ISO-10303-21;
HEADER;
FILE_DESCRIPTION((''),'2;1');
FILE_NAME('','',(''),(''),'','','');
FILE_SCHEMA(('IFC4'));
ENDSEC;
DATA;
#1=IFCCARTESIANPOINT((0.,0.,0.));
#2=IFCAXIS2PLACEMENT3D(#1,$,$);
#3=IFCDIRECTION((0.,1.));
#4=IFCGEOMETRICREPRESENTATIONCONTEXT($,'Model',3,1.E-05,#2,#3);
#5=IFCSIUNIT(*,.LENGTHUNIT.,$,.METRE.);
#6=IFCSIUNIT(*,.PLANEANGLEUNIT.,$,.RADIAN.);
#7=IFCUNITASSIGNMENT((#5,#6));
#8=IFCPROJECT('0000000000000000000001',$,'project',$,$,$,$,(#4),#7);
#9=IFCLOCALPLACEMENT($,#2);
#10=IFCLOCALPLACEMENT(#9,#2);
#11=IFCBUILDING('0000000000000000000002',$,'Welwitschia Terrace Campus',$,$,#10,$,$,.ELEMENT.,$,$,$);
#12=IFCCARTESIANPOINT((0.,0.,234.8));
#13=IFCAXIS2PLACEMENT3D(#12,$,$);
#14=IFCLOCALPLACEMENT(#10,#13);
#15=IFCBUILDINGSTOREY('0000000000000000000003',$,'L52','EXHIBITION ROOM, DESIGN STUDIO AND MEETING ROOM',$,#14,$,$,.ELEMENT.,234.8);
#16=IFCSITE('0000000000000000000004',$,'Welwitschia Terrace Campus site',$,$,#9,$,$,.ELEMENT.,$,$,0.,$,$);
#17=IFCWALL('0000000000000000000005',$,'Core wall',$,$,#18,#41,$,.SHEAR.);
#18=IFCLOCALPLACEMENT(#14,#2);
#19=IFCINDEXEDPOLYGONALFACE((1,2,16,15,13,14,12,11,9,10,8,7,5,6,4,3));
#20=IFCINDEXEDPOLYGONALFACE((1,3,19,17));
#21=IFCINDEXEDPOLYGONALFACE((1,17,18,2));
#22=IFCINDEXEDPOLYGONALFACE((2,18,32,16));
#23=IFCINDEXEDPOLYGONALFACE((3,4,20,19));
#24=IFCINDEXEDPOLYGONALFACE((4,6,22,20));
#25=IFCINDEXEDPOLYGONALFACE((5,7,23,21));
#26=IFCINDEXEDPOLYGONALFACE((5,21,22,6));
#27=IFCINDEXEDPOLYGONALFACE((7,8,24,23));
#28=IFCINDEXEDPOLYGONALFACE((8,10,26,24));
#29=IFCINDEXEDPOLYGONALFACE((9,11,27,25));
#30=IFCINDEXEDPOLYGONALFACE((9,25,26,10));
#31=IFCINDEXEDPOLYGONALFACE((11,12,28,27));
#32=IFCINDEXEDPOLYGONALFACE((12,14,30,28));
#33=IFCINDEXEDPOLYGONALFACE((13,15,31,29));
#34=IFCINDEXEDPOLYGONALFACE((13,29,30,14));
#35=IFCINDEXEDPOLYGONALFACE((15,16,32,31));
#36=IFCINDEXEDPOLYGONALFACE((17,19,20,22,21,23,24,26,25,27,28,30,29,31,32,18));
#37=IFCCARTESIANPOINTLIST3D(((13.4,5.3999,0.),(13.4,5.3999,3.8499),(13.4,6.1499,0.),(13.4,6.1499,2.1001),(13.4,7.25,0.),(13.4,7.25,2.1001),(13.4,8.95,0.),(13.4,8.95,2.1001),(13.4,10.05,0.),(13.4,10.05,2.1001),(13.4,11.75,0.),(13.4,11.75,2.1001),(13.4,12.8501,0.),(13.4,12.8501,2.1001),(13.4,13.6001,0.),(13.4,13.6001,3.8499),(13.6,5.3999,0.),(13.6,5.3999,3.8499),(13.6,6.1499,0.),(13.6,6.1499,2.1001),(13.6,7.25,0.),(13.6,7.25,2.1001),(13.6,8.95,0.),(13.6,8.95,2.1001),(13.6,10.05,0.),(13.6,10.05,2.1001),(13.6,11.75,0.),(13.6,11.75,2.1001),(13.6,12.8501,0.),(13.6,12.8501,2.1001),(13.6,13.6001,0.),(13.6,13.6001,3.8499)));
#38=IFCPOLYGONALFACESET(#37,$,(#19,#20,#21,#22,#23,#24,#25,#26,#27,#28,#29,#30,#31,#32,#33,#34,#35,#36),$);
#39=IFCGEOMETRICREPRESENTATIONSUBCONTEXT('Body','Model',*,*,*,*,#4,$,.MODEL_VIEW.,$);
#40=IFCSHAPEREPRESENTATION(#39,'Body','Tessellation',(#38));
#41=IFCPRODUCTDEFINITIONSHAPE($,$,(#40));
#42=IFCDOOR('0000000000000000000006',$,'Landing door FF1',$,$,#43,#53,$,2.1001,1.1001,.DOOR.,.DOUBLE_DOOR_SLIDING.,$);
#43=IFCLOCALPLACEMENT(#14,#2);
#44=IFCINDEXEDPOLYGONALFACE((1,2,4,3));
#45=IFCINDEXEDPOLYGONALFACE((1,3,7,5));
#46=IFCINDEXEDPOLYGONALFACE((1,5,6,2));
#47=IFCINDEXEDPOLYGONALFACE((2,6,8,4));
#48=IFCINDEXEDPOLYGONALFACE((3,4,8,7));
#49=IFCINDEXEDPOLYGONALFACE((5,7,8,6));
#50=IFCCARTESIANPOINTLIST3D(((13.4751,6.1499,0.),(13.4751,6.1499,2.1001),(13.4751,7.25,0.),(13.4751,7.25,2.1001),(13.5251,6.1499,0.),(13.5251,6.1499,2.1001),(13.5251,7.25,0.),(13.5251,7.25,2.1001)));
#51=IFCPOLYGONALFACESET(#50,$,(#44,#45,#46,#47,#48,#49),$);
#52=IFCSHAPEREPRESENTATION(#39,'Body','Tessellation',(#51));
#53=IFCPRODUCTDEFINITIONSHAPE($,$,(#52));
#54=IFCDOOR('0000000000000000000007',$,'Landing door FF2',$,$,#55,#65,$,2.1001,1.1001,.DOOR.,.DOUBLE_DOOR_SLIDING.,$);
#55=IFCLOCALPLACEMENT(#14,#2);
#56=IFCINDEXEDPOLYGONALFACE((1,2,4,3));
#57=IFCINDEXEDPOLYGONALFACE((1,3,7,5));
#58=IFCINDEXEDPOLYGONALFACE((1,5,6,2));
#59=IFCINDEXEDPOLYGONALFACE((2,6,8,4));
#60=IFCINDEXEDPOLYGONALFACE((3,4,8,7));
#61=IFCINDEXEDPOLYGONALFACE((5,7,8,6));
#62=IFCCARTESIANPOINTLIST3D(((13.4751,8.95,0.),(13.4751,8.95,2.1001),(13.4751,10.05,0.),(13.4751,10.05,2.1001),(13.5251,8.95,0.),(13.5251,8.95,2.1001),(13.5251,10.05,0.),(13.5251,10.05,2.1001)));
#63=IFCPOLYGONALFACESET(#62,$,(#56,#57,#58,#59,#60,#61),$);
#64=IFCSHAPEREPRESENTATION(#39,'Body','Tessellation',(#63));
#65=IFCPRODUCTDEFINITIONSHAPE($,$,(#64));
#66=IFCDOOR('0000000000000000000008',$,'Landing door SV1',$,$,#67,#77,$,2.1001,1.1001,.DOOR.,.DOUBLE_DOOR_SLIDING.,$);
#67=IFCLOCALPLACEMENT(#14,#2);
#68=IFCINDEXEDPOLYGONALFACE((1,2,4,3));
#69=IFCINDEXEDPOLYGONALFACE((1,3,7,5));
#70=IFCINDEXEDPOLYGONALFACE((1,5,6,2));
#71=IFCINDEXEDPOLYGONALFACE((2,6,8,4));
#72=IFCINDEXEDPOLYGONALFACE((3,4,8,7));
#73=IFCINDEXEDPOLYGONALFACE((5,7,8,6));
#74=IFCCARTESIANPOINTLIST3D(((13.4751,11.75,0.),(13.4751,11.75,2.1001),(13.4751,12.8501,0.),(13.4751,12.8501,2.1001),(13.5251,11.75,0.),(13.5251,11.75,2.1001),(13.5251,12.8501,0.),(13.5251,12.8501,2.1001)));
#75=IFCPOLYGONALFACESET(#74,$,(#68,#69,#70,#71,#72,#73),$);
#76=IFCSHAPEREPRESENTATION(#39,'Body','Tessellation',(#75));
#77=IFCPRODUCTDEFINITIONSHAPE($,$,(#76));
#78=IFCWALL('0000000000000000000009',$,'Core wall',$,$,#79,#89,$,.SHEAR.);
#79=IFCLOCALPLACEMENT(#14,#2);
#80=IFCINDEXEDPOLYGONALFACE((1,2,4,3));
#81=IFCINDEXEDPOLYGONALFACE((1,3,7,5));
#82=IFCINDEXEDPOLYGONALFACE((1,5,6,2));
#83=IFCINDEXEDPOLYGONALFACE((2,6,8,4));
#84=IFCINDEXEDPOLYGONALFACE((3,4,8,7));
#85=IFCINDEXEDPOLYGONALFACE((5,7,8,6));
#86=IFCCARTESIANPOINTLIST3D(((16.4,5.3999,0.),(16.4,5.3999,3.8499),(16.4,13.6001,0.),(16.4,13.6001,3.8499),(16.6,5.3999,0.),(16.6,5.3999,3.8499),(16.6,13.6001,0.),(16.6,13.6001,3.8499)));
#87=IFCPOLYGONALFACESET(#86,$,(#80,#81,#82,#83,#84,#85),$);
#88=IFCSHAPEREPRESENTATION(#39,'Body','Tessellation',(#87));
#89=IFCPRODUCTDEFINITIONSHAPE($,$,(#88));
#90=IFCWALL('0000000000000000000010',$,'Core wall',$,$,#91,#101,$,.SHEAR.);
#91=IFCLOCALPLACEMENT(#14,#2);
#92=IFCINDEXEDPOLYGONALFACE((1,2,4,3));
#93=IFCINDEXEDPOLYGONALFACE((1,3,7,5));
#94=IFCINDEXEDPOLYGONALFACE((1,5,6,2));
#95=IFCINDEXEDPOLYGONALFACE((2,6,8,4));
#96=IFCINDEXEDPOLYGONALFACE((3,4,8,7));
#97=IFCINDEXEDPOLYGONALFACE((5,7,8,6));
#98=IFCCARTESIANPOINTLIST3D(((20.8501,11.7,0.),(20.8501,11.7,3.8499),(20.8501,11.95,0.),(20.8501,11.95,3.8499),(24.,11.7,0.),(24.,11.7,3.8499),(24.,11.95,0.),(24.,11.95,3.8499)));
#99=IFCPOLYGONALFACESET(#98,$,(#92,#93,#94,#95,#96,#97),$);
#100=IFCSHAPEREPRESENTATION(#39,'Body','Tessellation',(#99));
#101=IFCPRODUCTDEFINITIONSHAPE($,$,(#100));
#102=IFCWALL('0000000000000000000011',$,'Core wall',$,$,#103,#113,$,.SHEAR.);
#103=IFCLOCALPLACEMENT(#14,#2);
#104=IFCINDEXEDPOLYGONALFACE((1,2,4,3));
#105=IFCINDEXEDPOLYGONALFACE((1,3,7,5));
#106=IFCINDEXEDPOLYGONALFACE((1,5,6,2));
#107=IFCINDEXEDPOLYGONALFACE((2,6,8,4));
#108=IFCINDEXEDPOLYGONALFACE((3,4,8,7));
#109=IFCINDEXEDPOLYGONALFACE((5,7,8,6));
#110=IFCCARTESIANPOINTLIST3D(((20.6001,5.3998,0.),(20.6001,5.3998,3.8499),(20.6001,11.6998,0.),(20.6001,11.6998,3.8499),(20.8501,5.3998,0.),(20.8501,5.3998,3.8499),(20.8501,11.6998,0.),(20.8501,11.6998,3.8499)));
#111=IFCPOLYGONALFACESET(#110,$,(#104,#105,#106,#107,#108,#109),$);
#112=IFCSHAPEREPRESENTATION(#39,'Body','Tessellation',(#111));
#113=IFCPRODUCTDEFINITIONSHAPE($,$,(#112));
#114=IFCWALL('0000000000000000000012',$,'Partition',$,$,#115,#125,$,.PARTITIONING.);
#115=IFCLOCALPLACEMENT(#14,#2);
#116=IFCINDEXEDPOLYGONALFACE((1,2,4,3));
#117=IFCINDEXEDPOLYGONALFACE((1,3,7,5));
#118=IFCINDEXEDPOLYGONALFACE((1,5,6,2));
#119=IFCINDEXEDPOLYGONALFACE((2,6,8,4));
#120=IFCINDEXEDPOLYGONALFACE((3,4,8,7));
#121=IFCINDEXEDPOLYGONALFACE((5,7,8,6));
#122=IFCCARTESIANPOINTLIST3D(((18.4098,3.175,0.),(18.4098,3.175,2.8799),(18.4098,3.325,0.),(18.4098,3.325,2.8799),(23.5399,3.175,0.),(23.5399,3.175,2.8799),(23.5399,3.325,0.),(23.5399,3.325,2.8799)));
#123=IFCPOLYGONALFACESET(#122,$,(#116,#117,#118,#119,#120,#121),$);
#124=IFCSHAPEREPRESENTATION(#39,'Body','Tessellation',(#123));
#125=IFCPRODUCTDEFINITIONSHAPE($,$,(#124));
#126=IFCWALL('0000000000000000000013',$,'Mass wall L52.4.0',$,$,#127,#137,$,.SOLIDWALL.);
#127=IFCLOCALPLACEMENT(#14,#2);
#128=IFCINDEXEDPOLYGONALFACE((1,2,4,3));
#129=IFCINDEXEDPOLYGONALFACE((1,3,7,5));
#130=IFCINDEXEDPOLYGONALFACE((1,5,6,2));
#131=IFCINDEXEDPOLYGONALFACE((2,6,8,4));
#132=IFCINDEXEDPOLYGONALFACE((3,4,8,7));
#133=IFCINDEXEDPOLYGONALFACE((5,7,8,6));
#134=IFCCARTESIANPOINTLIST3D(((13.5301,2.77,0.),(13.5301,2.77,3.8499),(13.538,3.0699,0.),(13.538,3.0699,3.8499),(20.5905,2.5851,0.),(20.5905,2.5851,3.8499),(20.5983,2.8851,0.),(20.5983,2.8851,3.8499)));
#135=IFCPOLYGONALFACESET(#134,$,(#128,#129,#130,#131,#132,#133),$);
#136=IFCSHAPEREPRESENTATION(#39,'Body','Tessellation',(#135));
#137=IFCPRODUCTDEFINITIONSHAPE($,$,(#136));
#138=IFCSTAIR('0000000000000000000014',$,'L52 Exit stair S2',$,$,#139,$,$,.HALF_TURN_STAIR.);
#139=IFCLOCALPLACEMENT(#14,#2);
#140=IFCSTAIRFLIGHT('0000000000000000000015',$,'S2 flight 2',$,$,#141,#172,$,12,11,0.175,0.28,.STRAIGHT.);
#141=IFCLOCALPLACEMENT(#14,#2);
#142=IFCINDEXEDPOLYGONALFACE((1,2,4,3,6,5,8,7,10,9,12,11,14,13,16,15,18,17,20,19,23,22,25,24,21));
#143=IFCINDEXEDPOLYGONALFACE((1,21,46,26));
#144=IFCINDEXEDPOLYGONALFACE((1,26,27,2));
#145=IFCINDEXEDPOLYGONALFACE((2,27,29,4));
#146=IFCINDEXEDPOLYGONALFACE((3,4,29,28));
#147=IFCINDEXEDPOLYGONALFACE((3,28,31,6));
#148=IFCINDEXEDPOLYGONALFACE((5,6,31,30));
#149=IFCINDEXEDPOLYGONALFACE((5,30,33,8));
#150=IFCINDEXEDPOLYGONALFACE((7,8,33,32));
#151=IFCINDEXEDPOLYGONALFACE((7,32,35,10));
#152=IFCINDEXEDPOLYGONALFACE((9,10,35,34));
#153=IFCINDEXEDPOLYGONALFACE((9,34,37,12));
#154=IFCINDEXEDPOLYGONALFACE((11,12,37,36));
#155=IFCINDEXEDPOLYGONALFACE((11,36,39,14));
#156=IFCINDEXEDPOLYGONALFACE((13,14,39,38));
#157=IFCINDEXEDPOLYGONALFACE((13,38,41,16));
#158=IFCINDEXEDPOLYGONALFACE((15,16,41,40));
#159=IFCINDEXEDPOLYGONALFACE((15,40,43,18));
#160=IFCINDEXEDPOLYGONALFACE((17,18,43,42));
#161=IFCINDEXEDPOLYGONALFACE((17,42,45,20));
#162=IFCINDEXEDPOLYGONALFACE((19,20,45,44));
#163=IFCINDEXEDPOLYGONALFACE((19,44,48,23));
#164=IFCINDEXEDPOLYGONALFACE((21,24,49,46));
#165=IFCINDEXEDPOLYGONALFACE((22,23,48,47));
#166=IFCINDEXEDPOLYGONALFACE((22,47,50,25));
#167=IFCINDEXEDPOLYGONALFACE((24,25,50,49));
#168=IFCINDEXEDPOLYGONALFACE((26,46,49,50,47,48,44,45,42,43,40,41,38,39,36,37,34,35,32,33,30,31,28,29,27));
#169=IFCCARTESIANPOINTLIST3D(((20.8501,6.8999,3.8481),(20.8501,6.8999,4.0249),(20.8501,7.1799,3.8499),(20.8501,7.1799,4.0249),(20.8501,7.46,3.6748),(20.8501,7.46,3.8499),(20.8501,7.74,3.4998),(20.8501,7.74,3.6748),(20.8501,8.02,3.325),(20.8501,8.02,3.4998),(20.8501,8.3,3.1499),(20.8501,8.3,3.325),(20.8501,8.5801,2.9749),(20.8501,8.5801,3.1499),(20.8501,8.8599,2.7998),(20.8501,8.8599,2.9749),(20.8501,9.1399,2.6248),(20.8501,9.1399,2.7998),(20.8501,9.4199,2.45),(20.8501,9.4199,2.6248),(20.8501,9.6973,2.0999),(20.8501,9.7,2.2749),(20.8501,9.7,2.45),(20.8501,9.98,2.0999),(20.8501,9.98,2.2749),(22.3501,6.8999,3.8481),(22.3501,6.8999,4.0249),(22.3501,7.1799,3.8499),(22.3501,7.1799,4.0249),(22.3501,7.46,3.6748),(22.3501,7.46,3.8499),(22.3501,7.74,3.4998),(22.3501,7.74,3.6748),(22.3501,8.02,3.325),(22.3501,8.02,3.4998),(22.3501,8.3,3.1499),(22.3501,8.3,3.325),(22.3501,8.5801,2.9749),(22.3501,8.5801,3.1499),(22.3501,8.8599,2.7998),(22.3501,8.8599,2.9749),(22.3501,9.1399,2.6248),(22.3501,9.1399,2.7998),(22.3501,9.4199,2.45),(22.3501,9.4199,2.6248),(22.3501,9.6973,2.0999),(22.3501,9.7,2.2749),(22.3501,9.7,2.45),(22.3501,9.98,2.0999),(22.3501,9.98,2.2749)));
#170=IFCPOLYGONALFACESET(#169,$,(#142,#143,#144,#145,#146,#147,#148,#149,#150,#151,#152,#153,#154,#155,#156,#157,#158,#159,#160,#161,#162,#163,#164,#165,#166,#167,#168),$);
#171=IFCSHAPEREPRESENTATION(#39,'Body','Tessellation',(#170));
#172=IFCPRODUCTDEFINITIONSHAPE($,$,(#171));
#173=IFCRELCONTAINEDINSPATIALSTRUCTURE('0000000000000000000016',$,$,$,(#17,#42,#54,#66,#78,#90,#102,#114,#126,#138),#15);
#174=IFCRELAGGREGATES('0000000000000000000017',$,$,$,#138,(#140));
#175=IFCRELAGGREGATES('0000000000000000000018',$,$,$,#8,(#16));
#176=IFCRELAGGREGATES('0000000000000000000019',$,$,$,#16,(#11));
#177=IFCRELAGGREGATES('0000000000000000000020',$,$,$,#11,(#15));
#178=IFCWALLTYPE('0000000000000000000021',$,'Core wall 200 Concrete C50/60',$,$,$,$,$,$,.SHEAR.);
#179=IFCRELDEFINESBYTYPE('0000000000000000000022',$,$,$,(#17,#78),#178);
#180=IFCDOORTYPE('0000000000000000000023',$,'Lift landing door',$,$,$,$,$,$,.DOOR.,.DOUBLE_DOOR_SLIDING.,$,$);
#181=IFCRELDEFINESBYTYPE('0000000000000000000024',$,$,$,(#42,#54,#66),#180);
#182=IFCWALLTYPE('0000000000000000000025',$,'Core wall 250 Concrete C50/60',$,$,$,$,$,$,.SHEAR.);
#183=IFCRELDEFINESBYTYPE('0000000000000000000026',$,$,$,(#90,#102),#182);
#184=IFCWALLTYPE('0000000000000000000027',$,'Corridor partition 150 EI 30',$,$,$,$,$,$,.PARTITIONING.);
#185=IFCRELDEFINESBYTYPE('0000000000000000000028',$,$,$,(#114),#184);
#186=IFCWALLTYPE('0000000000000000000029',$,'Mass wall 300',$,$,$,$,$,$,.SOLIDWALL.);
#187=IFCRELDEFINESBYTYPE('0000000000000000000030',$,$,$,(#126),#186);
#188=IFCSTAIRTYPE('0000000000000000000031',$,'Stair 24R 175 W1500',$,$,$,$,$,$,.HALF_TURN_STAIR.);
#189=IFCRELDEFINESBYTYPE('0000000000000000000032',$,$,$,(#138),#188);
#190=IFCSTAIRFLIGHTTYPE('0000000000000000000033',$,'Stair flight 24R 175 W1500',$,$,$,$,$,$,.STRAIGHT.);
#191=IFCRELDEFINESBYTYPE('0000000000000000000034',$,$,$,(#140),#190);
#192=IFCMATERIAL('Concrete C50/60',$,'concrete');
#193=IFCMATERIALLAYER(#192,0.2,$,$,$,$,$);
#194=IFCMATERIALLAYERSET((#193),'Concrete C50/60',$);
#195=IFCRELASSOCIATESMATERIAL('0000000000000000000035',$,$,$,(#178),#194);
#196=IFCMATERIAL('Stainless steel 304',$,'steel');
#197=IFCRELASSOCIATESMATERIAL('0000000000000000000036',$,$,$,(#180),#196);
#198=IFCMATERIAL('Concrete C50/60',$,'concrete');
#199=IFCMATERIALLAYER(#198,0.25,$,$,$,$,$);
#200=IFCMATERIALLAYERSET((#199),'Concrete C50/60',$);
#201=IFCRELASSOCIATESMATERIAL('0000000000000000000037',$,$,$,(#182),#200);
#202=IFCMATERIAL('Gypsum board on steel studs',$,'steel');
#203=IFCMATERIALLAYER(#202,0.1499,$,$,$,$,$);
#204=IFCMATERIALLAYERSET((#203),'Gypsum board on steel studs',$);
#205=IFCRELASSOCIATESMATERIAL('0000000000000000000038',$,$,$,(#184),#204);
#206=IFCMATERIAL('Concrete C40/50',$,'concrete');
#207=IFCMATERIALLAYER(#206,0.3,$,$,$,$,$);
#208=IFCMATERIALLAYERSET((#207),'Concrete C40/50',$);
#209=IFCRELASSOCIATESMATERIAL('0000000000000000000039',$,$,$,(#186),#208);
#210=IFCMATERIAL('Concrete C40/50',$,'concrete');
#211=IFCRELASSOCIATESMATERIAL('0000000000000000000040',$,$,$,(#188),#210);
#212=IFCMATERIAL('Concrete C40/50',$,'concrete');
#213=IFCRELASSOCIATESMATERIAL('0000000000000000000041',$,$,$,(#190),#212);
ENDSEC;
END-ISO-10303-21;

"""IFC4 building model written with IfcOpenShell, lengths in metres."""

from ifc_helpers import new_model, si_unit, direction, frame, frame_2d, origin, place, context, subcontext, project, spatial, polyline, rectangle, outline, extrude, material, layer, layer_set, type_object, element, fill, aggregate, save


model = new_model("IFC4")

# Units and contexts
model_context = context("Model", 3, precision=1e-05, world=origin(), true_north=direction((0.0, 1.0)))
body_context = subcontext(model_context, "Body", "Model", "MODEL_VIEW")
ifc_project = project(units=[si_unit("LENGTHUNIT", "METRE"), si_unit("PLANEANGLEUNIT", "RADIAN")], contexts=[model_context])

# Site, building, storey
site_placement = place(None, origin())
site = spatial("IfcSite", under=ifc_project, at=site_placement, Name="Welwitschia Terrace Campus site", CompositionType="ELEMENT", RefElevation=0.0)
building_placement = place(site_placement, origin())
building = spatial("IfcBuilding", under=site, at=building_placement, Name="Welwitschia Terrace Campus", CompositionType="ELEMENT")
storey_placement = place(building_placement, frame((0.0, 0.0, 234.8)))
storey = spatial("IfcBuildingStorey", under=building, at=storey_placement, Name="L52", Description="EXHIBITION ROOM, DESIGN STUDIO AND MEETING ROOM", CompositionType="ELEMENT", Elevation=234.8)

# Shared definitions
ifc_material_1 = material(Name="Concrete C50/60", Category="concrete")
ifc_layer_1 = layer(ifc_material_1, 0.2)
ifc_layer_set_1 = layer_set([ifc_layer_1], Name="Concrete C50/60")
wall_type_1 = type_object("IfcWallType", Name="Core wall 200 Concrete C50/60", PredefinedType="SHEAR", material=ifc_layer_set_1)

# Wall, openings, doors
wall_1_placement = place(storey_placement, frame((13.5, 5.3999, 0.0), z_axis=(0.0, 0.0, 1.0), x_axis=(0.0, 1.0, 0.0)))
wall_1 = element("IfcWall", 1, at=wall_1_placement, inside=storey, type_object=wall_type_1, Name="Core wall", PredefinedType="SHEAR", context=body_context, shape_type="SweptSolid", body=[
    extrude(rectangle(XDim=8.2002, YDim=0.2, at=frame_2d((4.1001, 0.0))), origin(), (0.0, 0.0, 1.0), 3.8499),
])
opening_1_placement = place(wall_1_placement, frame((0.75, 0.0, 0.0)))
opening_1 = element("IfcOpeningElement", 2, at=opening_1_placement, cuts=wall_1, PredefinedType="OPENING", context=body_context, shape_type="SweptSolid", body=[
    extrude(rectangle(XDim=1.1001, YDim=2.1001, at=frame_2d((0.55, 1.05))), frame((0.0, 0.1099, 0.0), z_axis=(0.0, -1.0, 0.0), x_axis=(1.0, 0.0, 0.0)), (0.0, 0.0, 1.0), 0.22),
])
opening_2_placement = place(wall_1_placement, frame((3.55, 0.0, 0.0)))
opening_2 = element("IfcOpeningElement", 3, at=opening_2_placement, cuts=wall_1, PredefinedType="OPENING", context=body_context, shape_type="SweptSolid", body=[
    extrude(rectangle(XDim=1.1001, YDim=2.1001, at=frame_2d((0.55, 1.05))), frame((0.0, 0.1099, 0.0), z_axis=(0.0, -1.0, 0.0), x_axis=(1.0, 0.0, 0.0)), (0.0, 0.0, 1.0), 0.22),
])
opening_3_placement = place(wall_1_placement, frame((6.3501, 0.0, 0.0)))
opening_3 = element("IfcOpeningElement", 4, at=opening_3_placement, cuts=wall_1, PredefinedType="OPENING", context=body_context, shape_type="SweptSolid", body=[
    extrude(rectangle(XDim=1.1001, YDim=2.1001, at=frame_2d((0.55, 1.05))), frame((0.0, 0.1099, 0.0), z_axis=(0.0, -1.0, 0.0), x_axis=(1.0, 0.0, 0.0)), (0.0, 0.0, 1.0), 0.22),
])
ifc_material_2 = material(Name="Stainless steel 304", Category="steel")
door_type = type_object("IfcDoorType", Name="Lift landing door", OperationType="DOUBLE_DOOR_SLIDING", PredefinedType="DOOR", material=ifc_material_2)
door_1_placement = place(opening_1_placement, origin())
door_1 = element("IfcDoor", 5, at=door_1_placement, inside=storey, type_object=door_type, Name="Landing door FF1", OperationType="DOUBLE_DOOR_SLIDING", OverallHeight=2.1001, OverallWidth=1.1001, PredefinedType="DOOR", context=body_context, shape_type="SweptSolid", body=[
    extrude(rectangle(XDim=1.1001, YDim=2.1001, at=frame_2d((0.55, 1.05))), frame((0.0, 0.0249, 0.0), z_axis=(0.0, -1.0, 0.0), x_axis=(1.0, 0.0, 0.0)), (0.0, 0.0, 1.0), 0.05),
])
fill(opening_1, door_1)
door_2_placement = place(opening_2_placement, origin())
door_2 = element("IfcDoor", 6, at=door_2_placement, inside=storey, type_object=door_type, Name="Landing door FF2", OperationType="DOUBLE_DOOR_SLIDING", OverallHeight=2.1001, OverallWidth=1.1001, PredefinedType="DOOR", context=body_context, shape_type="SweptSolid", body=[
    extrude(rectangle(XDim=1.1001, YDim=2.1001, at=frame_2d((0.55, 1.05))), frame((0.0, 0.0249, 0.0), z_axis=(0.0, -1.0, 0.0), x_axis=(1.0, 0.0, 0.0)), (0.0, 0.0, 1.0), 0.05),
])
fill(opening_2, door_2)
door_3_placement = place(opening_3_placement, origin())
door_3 = element("IfcDoor", 7, at=door_3_placement, inside=storey, type_object=door_type, Name="Landing door SV1", OperationType="DOUBLE_DOOR_SLIDING", OverallHeight=2.1001, OverallWidth=1.1001, PredefinedType="DOOR", context=body_context, shape_type="SweptSolid", body=[
    extrude(rectangle(XDim=1.1001, YDim=2.1001, at=frame_2d((0.55, 1.05))), frame((0.0, 0.0249, 0.0), z_axis=(0.0, -1.0, 0.0), x_axis=(1.0, 0.0, 0.0)), (0.0, 0.0, 1.0), 0.05),
])
fill(opening_3, door_3)

# Walls
wall_2_placement = place(storey_placement, frame((16.5, 5.3999, 0.0), z_axis=(0.0, 0.0, 1.0), x_axis=(0.0, 1.0, 0.0)))
element("IfcWall", 8, at=wall_2_placement, inside=storey, type_object=wall_type_1, Name="Core wall", PredefinedType="SHEAR", context=body_context, shape_type="SweptSolid", body=[
    extrude(rectangle(XDim=8.2002, YDim=0.2, at=frame_2d((4.1001, 0.0))), origin(), (0.0, 0.0, 1.0), 3.8499),
])
ifc_material_3 = material(Name="Concrete C50/60", Category="concrete")
ifc_layer_2 = layer(ifc_material_3, 0.25)
ifc_layer_set_2 = layer_set([ifc_layer_2], Name="Concrete C50/60")
wall_type_2 = type_object("IfcWallType", Name="Core wall 250 Concrete C50/60", PredefinedType="SHEAR", material=ifc_layer_set_2)
wall_3_placement = place(storey_placement, frame((20.8501, 11.825, 0.0), z_axis=(0.0, 0.0, 1.0), x_axis=(1.0, 0.0, 0.0)))
element("IfcWall", 9, at=wall_3_placement, inside=storey, type_object=wall_type_2, Name="Core wall", PredefinedType="SHEAR", context=body_context, shape_type="SweptSolid", body=[
    extrude(rectangle(XDim=3.1499, YDim=0.25, at=frame_2d((1.575, 0.0))), origin(), (0.0, 0.0, 1.0), 3.8499),
])
wall_4_placement = place(storey_placement, frame((20.7251, 5.3999, 0.0), z_axis=(0.0, 0.0, 1.0), x_axis=(0.0, 1.0, 0.0)))
element("IfcWall", 10, at=wall_4_placement, inside=storey, type_object=wall_type_2, Name="Core wall", PredefinedType="SHEAR", context=body_context, shape_type="SweptSolid", body=[
    extrude(rectangle(XDim=6.3, YDim=0.25, at=frame_2d((3.1499, 0.0))), origin(), (0.0, 0.0, 1.0), 3.8499),
])
ifc_material_4 = material(Name="Gypsum board on steel studs", Category="steel")
ifc_layer_3 = layer(ifc_material_4, 0.1499)
ifc_layer_set_3 = layer_set([ifc_layer_3], Name="Gypsum board on steel studs")
wall_type_3 = type_object("IfcWallType", Name="Corridor partition 150 EI 30", PredefinedType="PARTITIONING", material=ifc_layer_set_3)
wall_5_placement = place(storey_placement, frame((18.4099, 3.25, 0.0), z_axis=(0.0, 0.0, 1.0), x_axis=(1.0, 0.0, 0.0)))
element("IfcWall", 11, at=wall_5_placement, inside=storey, type_object=wall_type_3, Name="Partition", PredefinedType="PARTITIONING", context=body_context, shape_type="SweptSolid", body=[
    extrude(rectangle(XDim=5.1301, YDim=0.1499, at=frame_2d((2.5649, 0.0))), origin(), (0.0, 0.0, 1.0), 2.8799),
])
ifc_material_5 = material(Name="Concrete C40/50", Category="concrete")
ifc_layer_4 = layer(ifc_material_5, 0.3)
ifc_layer_set_4 = layer_set([ifc_layer_4], Name="Concrete C40/50")
wall_type_4 = type_object("IfcWallType", Name="Mass wall 300", PredefinedType="SOLIDWALL", material=ifc_layer_set_4)
wall_6_placement = place(storey_placement, frame((13.5342, 2.9199, 0.0), z_axis=(0.0, 0.0, 1.0), x_axis=(0.999658, -0.026168, 0.0)))
element("IfcWall", 12, at=wall_6_placement, inside=storey, type_object=wall_type_4, Name="Mass wall L52.4.0", PredefinedType="SOLIDWALL", context=body_context, shape_type="SweptSolid", body=[
    extrude(rectangle(XDim=7.0627, YDim=0.3, at=frame_2d((3.5312, 0.0))), origin(), (0.0, 0.0, 1.0), 3.8499),
])

# Stair, stair flight
ifc_material_6 = material(Name="Concrete C40/50", Category="concrete")
stair_type = type_object("IfcStairType", Name="Stair 24R 175 W1500", PredefinedType="HALF_TURN_STAIR", material=ifc_material_6)
stair_placement = place(storey_placement, origin())
stair = element("IfcStair", 13, at=stair_placement, inside=storey, type_object=stair_type, Name="L52 Exit stair S2", PredefinedType="HALF_TURN_STAIR")
ifc_material_7 = material(Name="Concrete C40/50", Category="concrete")
stair_flight_type = type_object("IfcStairFlightType", Name="Stair flight 24R 175 W1500", PredefinedType="STRAIGHT", material=ifc_material_7)
stair_flight_placement = place(storey_placement, frame((21.6001, 9.98, 2.0999), z_axis=(0.0, 0.0, 1.0), x_axis=(0.0, -1.0, 0.0)))
stair_flight = element("IfcStairFlight", 14, at=stair_flight_placement, type_object=stair_flight_type, Name="S2 flight 2", NumberOfRisers=12, NumberOfTreads=11, PredefinedType="STRAIGHT", RiserHeight=0.175, TreadLength=0.28, context=body_context, shape_type="SweptSolid", body=[
    extrude(outline(polyline([(0.0, 0.0), (0.0, 0.175), (0.28, 0.175), (0.28, 0.3501), (0.5601, 0.3501), (0.5601, 0.5249), (0.8401, 0.5249), (0.8401, 0.7), (1.1201, 0.7), (1.1201, 0.875), (1.3999, 0.875), (1.3999, 1.05), (1.6799, 1.05), (1.6799, 1.2251), (1.96, 1.2251), (1.96, 1.3999), (2.24, 1.3999), (2.24, 1.575), (2.52, 1.575), (2.52, 1.75), (2.8, 1.75), (2.8, 1.925), (3.0801, 1.925), (3.0801, 2.1001), (3.0801, 1.7483), (0.2827, 0.0), (0.0, 0.0)])), frame((0.0, 0.75, 0.0), z_axis=(0.0, -1.0, 0.0), x_axis=(1.0, 0.0, 0.0)), (0.0, 0.0, 1.0), 1.5),
])
aggregate(stair, [stair_flight])

save(model, "model.ifc")
